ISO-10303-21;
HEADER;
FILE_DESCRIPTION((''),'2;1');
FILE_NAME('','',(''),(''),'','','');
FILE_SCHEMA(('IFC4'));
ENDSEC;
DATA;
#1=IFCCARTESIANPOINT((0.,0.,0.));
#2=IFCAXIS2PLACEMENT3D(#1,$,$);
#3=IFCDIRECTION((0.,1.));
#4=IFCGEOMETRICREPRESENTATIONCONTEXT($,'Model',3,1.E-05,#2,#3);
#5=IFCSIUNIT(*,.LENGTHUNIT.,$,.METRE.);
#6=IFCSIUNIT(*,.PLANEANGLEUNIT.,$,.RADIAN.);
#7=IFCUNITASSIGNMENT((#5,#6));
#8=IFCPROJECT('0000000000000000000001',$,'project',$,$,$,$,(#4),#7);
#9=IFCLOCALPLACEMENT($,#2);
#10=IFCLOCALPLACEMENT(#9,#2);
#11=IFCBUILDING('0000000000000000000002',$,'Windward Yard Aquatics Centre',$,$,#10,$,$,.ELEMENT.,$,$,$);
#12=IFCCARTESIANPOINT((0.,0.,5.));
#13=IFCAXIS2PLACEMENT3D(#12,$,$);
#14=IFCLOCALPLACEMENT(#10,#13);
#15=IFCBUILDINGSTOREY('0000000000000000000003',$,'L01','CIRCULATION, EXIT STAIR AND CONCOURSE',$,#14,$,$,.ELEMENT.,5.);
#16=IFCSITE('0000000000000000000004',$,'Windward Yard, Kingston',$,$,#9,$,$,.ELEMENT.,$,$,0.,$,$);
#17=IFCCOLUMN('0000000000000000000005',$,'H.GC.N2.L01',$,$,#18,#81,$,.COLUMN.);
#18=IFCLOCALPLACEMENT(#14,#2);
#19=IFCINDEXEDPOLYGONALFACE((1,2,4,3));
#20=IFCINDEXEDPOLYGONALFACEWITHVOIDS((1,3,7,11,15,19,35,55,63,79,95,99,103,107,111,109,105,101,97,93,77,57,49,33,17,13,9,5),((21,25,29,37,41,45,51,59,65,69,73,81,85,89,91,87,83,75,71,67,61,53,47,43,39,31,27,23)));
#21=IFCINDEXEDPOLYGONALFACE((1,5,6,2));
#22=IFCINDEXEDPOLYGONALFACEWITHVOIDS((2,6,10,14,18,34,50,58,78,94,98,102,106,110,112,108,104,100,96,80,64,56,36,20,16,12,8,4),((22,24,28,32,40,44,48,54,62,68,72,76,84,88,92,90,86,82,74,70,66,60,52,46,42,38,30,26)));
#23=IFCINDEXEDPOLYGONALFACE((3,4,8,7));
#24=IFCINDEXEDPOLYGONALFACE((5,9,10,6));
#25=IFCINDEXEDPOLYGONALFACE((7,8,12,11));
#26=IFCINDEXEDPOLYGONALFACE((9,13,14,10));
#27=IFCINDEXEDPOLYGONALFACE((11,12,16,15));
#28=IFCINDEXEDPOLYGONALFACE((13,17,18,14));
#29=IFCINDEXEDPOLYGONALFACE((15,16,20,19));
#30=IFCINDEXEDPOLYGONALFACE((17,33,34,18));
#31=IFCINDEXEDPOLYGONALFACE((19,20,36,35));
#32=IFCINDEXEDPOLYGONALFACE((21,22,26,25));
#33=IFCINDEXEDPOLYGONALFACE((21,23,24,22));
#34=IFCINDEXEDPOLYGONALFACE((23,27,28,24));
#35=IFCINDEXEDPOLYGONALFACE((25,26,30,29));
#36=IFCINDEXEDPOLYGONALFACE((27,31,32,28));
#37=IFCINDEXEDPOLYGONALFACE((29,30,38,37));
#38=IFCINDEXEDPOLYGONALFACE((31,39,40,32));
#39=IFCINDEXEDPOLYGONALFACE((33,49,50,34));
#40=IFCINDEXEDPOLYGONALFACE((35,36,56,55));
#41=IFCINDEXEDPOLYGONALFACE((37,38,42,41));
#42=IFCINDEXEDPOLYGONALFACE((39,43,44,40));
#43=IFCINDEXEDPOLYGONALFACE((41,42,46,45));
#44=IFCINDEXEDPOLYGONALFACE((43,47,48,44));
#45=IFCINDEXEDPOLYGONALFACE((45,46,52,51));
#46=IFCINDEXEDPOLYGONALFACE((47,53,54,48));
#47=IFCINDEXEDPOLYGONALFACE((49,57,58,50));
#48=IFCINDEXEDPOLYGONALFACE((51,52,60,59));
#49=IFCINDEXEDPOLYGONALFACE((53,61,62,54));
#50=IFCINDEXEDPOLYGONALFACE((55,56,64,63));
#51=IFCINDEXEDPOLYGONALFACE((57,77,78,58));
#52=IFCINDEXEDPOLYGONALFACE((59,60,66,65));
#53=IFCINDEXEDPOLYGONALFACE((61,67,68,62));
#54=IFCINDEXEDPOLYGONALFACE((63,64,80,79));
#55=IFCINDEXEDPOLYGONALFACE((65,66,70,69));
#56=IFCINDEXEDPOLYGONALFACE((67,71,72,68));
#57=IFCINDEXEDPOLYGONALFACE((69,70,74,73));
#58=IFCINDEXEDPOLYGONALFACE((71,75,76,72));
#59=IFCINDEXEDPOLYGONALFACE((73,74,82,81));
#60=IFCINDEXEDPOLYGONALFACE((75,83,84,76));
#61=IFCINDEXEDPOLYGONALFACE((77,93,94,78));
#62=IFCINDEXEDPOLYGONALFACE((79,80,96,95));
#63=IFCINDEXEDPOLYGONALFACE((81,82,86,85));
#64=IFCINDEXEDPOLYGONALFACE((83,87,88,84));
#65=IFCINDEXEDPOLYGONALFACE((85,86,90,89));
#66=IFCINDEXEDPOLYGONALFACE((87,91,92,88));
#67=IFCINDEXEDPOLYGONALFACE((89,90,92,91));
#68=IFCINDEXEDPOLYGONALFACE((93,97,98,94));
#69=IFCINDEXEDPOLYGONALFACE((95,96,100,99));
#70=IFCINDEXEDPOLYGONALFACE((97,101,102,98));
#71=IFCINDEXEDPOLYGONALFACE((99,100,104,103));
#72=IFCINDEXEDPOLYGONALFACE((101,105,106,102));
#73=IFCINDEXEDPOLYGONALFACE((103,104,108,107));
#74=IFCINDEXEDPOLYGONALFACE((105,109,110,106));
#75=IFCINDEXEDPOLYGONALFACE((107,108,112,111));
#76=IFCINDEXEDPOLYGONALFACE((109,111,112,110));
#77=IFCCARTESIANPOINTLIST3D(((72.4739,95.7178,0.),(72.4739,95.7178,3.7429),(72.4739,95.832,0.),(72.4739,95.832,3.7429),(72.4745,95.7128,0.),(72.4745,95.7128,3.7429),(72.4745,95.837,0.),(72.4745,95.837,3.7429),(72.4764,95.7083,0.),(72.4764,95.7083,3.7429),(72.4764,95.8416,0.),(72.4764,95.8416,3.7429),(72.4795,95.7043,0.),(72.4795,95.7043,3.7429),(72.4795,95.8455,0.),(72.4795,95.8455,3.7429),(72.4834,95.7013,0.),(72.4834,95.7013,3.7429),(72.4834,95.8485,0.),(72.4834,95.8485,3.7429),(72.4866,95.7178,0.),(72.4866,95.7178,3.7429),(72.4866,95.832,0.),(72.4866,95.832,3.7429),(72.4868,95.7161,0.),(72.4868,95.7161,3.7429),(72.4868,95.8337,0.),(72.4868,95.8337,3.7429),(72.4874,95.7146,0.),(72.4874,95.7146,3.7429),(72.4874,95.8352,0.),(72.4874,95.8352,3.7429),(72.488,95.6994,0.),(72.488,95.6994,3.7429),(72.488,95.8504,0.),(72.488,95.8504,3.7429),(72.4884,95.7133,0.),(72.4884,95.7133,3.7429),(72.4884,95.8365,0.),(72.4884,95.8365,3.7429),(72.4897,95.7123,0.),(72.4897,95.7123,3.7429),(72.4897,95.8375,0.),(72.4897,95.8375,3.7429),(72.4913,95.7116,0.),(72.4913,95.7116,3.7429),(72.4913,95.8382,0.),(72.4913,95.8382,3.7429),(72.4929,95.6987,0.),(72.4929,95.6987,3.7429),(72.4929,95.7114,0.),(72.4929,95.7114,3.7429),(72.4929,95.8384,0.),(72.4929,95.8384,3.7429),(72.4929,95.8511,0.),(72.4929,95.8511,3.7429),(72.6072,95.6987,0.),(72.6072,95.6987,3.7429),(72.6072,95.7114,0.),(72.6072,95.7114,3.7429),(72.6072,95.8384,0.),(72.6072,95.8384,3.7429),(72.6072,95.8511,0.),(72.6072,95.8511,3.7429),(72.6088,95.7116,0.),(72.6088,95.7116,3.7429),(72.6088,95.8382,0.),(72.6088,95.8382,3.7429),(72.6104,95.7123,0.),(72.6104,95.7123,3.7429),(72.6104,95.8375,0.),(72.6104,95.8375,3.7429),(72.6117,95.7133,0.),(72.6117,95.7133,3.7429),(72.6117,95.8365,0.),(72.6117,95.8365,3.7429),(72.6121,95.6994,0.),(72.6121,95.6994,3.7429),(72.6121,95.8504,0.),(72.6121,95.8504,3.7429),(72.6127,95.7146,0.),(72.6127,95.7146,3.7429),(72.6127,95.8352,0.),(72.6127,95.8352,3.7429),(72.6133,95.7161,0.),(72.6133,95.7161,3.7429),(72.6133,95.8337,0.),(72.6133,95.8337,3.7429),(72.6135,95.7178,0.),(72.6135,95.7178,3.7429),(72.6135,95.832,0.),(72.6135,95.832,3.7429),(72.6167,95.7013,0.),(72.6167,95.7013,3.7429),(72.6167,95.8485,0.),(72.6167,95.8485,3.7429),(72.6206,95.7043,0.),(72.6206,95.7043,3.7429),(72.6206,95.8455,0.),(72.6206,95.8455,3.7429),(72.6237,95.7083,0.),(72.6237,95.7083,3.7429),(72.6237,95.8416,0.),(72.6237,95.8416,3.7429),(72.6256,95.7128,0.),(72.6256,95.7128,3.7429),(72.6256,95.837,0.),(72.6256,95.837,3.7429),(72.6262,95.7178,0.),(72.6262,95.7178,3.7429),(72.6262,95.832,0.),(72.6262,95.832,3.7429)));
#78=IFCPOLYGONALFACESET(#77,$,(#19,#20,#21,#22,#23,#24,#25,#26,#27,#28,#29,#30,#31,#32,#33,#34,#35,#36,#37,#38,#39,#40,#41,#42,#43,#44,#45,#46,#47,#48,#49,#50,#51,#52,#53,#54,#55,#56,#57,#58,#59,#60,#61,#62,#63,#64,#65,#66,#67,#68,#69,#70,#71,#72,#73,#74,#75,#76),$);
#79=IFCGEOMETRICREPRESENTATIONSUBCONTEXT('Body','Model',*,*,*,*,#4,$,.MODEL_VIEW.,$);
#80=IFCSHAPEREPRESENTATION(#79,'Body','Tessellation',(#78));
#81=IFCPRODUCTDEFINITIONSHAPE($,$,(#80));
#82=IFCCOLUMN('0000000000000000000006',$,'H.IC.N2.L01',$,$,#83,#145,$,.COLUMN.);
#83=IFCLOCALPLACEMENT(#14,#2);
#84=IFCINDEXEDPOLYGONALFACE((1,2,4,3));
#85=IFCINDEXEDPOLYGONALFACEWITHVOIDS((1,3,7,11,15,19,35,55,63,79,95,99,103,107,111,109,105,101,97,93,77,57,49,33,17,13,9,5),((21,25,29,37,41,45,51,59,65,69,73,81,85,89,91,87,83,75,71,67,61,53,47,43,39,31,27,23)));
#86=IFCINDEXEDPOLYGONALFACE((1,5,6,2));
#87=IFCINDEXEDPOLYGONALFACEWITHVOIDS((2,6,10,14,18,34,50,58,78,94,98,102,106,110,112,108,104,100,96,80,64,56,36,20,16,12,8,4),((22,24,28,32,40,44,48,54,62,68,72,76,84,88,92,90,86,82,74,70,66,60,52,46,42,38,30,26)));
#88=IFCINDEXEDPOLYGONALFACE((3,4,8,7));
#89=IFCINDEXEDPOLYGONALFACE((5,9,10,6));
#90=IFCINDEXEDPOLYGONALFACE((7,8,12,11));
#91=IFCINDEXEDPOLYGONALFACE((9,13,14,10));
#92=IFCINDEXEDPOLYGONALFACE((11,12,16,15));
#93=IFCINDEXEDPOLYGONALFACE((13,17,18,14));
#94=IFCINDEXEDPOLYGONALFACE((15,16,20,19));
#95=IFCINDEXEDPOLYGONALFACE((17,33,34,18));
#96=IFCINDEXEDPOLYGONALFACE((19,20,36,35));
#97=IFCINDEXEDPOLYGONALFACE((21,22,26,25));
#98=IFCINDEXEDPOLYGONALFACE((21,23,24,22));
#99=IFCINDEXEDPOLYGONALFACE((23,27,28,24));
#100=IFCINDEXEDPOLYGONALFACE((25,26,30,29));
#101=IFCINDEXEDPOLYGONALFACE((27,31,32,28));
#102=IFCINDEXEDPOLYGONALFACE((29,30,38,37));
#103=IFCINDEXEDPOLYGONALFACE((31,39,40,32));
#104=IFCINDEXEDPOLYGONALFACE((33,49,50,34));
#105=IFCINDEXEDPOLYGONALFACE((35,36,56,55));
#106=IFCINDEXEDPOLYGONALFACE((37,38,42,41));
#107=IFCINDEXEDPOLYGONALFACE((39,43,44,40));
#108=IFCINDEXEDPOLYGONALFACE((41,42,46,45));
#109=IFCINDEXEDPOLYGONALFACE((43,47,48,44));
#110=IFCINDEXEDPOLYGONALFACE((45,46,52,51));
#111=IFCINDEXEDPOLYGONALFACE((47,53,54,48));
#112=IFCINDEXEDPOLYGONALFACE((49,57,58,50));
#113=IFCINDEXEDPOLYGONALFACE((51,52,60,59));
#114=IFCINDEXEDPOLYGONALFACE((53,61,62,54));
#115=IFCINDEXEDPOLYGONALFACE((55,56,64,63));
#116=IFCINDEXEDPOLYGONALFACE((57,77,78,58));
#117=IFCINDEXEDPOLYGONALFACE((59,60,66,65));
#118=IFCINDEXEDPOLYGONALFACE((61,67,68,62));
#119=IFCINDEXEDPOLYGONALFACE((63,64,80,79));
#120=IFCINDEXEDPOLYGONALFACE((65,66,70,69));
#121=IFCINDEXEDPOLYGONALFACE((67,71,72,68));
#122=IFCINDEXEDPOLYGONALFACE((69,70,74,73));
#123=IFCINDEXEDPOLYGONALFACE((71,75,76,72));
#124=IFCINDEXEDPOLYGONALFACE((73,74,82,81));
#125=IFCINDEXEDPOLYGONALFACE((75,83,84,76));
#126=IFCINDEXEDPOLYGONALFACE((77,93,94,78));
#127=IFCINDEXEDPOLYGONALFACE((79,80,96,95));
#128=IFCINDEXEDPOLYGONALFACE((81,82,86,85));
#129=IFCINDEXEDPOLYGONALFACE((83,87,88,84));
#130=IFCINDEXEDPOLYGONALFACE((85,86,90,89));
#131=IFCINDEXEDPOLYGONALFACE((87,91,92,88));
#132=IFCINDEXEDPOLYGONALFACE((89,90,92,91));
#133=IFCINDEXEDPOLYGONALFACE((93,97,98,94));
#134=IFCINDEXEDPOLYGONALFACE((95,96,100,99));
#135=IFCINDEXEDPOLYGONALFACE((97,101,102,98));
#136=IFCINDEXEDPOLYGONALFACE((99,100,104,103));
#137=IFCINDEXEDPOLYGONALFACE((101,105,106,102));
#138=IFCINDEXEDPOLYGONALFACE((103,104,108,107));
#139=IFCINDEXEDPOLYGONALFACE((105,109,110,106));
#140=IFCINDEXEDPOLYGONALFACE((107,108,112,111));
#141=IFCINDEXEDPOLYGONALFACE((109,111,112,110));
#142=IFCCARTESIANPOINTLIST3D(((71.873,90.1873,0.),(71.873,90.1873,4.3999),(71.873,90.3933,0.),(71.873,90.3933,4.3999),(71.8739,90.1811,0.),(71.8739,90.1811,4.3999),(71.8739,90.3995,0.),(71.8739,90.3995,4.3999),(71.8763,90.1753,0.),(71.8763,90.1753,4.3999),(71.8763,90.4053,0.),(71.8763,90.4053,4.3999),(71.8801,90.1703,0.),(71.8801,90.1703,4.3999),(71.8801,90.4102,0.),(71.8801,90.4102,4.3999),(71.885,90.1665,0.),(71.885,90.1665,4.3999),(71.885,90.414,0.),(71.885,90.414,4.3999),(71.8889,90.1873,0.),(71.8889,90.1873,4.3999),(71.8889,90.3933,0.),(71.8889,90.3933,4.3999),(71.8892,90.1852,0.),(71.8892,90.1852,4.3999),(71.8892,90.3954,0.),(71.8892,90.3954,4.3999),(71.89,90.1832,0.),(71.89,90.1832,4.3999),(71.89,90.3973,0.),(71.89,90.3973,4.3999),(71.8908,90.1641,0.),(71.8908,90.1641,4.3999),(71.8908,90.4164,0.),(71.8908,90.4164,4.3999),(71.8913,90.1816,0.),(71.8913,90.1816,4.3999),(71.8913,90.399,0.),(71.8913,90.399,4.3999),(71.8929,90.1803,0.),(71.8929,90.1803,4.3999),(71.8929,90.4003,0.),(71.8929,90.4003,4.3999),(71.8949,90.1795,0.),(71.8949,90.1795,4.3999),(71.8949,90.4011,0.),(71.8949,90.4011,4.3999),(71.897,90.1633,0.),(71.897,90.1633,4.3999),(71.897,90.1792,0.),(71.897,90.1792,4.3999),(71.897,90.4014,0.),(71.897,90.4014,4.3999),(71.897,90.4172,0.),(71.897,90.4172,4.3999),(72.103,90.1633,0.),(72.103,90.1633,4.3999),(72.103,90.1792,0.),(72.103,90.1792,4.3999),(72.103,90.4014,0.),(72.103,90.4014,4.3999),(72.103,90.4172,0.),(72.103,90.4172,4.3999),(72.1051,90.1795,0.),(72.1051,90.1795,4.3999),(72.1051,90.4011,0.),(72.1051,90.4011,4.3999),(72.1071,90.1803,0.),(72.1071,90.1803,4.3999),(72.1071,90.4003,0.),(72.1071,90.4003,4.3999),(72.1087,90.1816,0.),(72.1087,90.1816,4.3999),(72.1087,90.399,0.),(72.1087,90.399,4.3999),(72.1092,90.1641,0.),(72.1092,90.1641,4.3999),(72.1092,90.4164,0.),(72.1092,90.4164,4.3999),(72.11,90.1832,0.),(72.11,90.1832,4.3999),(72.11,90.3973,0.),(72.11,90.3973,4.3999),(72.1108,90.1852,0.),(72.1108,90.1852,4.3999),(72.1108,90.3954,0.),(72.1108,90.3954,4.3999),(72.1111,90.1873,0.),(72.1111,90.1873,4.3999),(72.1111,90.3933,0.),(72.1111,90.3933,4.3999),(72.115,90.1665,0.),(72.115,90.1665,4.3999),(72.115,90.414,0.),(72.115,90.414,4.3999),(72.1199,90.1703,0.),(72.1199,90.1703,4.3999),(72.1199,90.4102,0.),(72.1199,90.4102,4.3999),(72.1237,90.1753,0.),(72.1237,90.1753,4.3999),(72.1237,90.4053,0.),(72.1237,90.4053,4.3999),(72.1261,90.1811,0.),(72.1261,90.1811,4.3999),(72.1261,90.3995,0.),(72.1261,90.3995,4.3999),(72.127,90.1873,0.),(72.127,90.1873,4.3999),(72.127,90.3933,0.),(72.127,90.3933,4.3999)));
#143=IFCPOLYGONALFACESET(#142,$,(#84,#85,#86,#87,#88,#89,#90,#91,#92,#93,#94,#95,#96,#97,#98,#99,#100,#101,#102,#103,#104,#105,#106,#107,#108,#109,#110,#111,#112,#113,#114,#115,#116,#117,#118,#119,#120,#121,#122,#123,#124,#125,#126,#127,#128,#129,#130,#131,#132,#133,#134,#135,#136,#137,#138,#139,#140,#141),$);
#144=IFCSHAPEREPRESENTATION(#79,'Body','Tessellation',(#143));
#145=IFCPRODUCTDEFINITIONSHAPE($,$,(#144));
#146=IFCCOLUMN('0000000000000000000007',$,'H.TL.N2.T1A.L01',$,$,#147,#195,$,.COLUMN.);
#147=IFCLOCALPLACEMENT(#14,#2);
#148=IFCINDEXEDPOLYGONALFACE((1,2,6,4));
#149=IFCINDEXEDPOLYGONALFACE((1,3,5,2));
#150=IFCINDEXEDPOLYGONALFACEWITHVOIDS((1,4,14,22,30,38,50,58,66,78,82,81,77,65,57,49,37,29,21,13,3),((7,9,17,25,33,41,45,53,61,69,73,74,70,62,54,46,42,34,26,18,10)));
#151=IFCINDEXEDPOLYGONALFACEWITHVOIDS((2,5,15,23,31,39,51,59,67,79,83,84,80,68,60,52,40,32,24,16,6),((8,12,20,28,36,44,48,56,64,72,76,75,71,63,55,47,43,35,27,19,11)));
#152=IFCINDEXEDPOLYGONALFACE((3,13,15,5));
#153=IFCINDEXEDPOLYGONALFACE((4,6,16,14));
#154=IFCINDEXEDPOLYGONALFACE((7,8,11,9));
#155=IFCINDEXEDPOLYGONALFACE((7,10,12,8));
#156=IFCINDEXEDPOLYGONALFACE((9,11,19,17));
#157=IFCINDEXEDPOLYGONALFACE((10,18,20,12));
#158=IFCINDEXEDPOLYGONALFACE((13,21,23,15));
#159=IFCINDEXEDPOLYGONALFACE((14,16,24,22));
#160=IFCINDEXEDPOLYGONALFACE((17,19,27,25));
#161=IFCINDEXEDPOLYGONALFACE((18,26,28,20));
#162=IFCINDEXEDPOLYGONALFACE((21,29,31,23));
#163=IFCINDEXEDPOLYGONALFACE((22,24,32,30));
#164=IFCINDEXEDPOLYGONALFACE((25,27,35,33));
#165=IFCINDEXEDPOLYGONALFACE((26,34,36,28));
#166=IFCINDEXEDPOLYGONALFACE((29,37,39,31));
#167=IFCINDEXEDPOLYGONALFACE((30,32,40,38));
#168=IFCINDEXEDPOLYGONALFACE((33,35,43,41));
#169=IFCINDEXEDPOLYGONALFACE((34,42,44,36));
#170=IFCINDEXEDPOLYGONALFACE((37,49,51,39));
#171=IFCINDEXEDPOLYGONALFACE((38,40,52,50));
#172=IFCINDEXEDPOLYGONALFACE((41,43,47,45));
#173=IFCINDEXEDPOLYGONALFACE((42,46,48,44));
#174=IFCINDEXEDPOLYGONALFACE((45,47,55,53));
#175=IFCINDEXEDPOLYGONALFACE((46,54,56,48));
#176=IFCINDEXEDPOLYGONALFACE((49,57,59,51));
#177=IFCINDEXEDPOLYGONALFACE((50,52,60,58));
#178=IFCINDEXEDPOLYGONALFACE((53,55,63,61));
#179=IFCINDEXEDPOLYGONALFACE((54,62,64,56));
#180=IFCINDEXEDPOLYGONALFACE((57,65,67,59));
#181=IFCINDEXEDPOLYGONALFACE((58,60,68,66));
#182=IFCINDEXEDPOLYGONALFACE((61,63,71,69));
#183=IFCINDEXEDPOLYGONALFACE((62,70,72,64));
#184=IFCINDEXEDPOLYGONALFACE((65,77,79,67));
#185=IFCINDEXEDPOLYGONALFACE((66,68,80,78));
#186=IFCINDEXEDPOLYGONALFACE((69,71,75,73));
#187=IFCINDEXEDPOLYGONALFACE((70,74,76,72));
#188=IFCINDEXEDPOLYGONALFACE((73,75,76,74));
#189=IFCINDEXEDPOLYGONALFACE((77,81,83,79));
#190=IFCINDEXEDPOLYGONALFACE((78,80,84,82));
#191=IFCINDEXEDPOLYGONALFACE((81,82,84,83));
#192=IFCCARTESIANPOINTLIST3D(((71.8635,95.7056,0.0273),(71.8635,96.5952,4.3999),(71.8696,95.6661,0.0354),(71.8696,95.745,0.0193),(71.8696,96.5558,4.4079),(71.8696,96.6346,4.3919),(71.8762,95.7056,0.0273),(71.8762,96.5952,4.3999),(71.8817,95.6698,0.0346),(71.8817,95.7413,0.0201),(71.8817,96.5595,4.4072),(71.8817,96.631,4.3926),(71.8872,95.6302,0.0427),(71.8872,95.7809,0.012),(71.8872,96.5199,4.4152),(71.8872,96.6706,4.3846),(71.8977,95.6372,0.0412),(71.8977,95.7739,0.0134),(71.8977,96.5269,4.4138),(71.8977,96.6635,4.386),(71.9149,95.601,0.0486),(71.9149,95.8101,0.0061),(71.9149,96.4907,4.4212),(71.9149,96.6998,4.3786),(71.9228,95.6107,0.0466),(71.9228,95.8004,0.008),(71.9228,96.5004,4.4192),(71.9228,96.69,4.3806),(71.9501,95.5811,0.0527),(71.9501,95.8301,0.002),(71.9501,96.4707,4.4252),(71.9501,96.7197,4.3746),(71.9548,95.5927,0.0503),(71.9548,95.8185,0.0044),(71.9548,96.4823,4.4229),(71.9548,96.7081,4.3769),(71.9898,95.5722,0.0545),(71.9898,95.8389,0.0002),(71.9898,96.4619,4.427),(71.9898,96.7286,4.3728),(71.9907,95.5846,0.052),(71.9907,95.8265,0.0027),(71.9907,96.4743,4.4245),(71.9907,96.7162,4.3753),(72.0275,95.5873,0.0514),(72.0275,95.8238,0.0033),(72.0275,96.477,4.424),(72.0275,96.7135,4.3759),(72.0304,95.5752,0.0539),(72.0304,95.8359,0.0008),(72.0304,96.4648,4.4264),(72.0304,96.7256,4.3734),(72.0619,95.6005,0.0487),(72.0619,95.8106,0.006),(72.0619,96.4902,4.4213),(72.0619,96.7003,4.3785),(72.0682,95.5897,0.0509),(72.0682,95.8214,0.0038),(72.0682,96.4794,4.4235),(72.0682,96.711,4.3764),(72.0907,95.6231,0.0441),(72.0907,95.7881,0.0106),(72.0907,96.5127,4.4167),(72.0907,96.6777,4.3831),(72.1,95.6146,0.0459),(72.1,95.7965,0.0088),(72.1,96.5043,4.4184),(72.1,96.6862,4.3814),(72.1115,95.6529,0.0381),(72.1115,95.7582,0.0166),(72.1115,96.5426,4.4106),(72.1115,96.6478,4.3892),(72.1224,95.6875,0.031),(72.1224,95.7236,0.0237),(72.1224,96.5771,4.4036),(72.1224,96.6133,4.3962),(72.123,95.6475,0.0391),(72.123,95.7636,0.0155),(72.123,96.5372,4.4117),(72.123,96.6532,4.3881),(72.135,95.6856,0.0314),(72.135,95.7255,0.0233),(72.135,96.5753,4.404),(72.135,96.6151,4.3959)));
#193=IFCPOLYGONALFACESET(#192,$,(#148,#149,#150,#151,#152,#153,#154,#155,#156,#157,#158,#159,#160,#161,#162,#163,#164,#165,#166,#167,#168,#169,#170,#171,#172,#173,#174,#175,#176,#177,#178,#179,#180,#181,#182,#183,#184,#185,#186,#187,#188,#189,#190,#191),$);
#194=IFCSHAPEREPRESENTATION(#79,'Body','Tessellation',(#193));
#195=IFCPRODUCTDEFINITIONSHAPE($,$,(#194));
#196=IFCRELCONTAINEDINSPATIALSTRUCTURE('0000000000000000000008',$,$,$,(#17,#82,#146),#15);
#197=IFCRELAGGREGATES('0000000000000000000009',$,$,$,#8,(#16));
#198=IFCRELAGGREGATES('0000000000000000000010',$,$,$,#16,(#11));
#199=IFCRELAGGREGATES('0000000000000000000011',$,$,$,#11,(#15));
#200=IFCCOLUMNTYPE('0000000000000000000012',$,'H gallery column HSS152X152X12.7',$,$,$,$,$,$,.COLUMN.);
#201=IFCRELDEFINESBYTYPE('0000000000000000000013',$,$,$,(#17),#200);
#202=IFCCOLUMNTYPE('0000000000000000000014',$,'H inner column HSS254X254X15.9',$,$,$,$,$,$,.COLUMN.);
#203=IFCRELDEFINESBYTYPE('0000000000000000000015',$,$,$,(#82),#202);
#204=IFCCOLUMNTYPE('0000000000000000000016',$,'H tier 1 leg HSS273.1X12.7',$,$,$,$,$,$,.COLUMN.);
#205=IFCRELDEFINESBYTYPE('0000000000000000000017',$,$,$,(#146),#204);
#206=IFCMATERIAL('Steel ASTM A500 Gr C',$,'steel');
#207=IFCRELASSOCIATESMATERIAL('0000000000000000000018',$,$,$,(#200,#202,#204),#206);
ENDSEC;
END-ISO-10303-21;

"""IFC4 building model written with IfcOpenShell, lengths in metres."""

from ifc_helpers import new_model, si_unit, direction, frame, origin, origin_2d, place, context, subcontext, project, spatial, hollow_rectangle, hollow_circle, extrude, material, material_profile, profile_set, type_object, element, save


model = new_model("IFC4")

# Units and contexts
model_context = context("Model", 3, precision=1e-05, world=origin(), true_north=direction((0.0, 1.0)))
body_context = subcontext(model_context, "Body", "Model", "MODEL_VIEW")
ifc_project = project(units=[si_unit("LENGTHUNIT", "METRE"), si_unit("PLANEANGLEUNIT", "RADIAN")], contexts=[model_context])

# Site, building, storey
site_placement = place(None, origin())
site = spatial("IfcSite", under=ifc_project, at=site_placement, Name="Windward Yard, Kingston", CompositionType="ELEMENT", RefElevation=0.0)
building_placement = place(site_placement, origin())
building = spatial("IfcBuilding", under=site, at=building_placement, Name="Windward Yard Aquatics Centre", CompositionType="ELEMENT")
storey_placement = place(building_placement, frame((0.0, 0.0, 5.0)))
storey = spatial("IfcBuildingStorey", under=building, at=storey_placement, Name="L01", Description="CIRCULATION, EXIT STAIR AND CONCOURSE", CompositionType="ELEMENT", Elevation=5.0)

# Columns
ifc_material_1 = material(Name="Steel ASTM A500 Gr C", Category="steel")
ifc_material_profile_1 = material_profile(ifc_material_1, hollow_rectangle(XDim=0.1523, YDim=0.1523, WallThickness=0.0127, InnerFilletRadius=0.0063, OuterFilletRadius=0.019, at=origin_2d()), Name="HSS152X152X12.7")
ifc_profile_set_1 = profile_set([ifc_material_profile_1], Name="Steel ASTM A500 Gr C")
column_type_1 = type_object("IfcColumnType", Name="H gallery column HSS152X152X12.7", PredefinedType="COLUMN", material=ifc_profile_set_1)
column_1_placement = place(storey_placement, frame((72.55, 95.7749, 0.0), z_axis=(0.0, 0.0, 1.0), x_axis=(1.0, 0.0, 0.0)))
element("IfcColumn", 1, at=column_1_placement, inside=storey, type_object=column_type_1, Name="H.GC.N2.L01", PredefinedType="COLUMN", context=body_context, shape_type="SweptSolid", body=[
    extrude(hollow_rectangle(XDim=0.1523, YDim=0.1523, WallThickness=0.0127, InnerFilletRadius=0.0063, OuterFilletRadius=0.019, at=origin_2d()), origin(), (0.0, 0.0, 1.0), 3.7429),
])
ifc_material_profile_2 = material_profile(ifc_material_1, hollow_rectangle(XDim=0.2539, YDim=0.2539, WallThickness=0.0159, InnerFilletRadius=0.0081, OuterFilletRadius=0.0239, at=origin_2d()), Name="HSS254X254X15.9")
ifc_profile_set_2 = profile_set([ifc_material_profile_2], Name="Steel ASTM A500 Gr C")
column_type_2 = type_object("IfcColumnType", Name="H inner column HSS254X254X15.9", PredefinedType="COLUMN", material=ifc_profile_set_2)
column_2_placement = place(storey_placement, frame((72.0, 90.2903, 0.0), z_axis=(0.0, 0.0, 1.0), x_axis=(1.0, 0.0, 0.0)))
element("IfcColumn", 2, at=column_2_placement, inside=storey, type_object=column_type_2, Name="H.IC.N2.L01", PredefinedType="COLUMN", context=body_context, shape_type="SweptSolid", body=[
    extrude(hollow_rectangle(XDim=0.2539, YDim=0.2539, WallThickness=0.0159, InnerFilletRadius=0.0081, OuterFilletRadius=0.0239, at=origin_2d()), origin(), (0.0, 0.0, 1.0), 4.3999),
])
ifc_material_profile_3 = material_profile(ifc_material_1, hollow_circle(Radius=0.1365, WallThickness=0.0127, at=origin_2d()), Name="HSS273.1X12.7")
ifc_profile_set_3 = profile_set([ifc_material_profile_3], Name="Steel ASTM A500 Gr C")
column_type_3 = type_object("IfcColumnType", Name="H tier 1 leg HSS273.1X12.7", PredefinedType="COLUMN", material=ifc_profile_set_3)
column_3_placement = place(storey_placement, frame((72.0, 95.7056, 0.0273), z_axis=(0.0, 0.199377, 0.979923), x_axis=(-1.0, 0.0, 0.0)))
element("IfcColumn", 3, at=column_3_placement, inside=storey, type_object=column_type_3, Name="H.TL.N2.T1A.L01", PredefinedType="COLUMN", context=body_context, shape_type="SweptSolid", body=[
    extrude(hollow_circle(Radius=0.1365, WallThickness=0.0127, at=origin_2d()), origin(), (0.0, 0.0, 1.0), 4.4622),
])

save(model, "model.ifc")
